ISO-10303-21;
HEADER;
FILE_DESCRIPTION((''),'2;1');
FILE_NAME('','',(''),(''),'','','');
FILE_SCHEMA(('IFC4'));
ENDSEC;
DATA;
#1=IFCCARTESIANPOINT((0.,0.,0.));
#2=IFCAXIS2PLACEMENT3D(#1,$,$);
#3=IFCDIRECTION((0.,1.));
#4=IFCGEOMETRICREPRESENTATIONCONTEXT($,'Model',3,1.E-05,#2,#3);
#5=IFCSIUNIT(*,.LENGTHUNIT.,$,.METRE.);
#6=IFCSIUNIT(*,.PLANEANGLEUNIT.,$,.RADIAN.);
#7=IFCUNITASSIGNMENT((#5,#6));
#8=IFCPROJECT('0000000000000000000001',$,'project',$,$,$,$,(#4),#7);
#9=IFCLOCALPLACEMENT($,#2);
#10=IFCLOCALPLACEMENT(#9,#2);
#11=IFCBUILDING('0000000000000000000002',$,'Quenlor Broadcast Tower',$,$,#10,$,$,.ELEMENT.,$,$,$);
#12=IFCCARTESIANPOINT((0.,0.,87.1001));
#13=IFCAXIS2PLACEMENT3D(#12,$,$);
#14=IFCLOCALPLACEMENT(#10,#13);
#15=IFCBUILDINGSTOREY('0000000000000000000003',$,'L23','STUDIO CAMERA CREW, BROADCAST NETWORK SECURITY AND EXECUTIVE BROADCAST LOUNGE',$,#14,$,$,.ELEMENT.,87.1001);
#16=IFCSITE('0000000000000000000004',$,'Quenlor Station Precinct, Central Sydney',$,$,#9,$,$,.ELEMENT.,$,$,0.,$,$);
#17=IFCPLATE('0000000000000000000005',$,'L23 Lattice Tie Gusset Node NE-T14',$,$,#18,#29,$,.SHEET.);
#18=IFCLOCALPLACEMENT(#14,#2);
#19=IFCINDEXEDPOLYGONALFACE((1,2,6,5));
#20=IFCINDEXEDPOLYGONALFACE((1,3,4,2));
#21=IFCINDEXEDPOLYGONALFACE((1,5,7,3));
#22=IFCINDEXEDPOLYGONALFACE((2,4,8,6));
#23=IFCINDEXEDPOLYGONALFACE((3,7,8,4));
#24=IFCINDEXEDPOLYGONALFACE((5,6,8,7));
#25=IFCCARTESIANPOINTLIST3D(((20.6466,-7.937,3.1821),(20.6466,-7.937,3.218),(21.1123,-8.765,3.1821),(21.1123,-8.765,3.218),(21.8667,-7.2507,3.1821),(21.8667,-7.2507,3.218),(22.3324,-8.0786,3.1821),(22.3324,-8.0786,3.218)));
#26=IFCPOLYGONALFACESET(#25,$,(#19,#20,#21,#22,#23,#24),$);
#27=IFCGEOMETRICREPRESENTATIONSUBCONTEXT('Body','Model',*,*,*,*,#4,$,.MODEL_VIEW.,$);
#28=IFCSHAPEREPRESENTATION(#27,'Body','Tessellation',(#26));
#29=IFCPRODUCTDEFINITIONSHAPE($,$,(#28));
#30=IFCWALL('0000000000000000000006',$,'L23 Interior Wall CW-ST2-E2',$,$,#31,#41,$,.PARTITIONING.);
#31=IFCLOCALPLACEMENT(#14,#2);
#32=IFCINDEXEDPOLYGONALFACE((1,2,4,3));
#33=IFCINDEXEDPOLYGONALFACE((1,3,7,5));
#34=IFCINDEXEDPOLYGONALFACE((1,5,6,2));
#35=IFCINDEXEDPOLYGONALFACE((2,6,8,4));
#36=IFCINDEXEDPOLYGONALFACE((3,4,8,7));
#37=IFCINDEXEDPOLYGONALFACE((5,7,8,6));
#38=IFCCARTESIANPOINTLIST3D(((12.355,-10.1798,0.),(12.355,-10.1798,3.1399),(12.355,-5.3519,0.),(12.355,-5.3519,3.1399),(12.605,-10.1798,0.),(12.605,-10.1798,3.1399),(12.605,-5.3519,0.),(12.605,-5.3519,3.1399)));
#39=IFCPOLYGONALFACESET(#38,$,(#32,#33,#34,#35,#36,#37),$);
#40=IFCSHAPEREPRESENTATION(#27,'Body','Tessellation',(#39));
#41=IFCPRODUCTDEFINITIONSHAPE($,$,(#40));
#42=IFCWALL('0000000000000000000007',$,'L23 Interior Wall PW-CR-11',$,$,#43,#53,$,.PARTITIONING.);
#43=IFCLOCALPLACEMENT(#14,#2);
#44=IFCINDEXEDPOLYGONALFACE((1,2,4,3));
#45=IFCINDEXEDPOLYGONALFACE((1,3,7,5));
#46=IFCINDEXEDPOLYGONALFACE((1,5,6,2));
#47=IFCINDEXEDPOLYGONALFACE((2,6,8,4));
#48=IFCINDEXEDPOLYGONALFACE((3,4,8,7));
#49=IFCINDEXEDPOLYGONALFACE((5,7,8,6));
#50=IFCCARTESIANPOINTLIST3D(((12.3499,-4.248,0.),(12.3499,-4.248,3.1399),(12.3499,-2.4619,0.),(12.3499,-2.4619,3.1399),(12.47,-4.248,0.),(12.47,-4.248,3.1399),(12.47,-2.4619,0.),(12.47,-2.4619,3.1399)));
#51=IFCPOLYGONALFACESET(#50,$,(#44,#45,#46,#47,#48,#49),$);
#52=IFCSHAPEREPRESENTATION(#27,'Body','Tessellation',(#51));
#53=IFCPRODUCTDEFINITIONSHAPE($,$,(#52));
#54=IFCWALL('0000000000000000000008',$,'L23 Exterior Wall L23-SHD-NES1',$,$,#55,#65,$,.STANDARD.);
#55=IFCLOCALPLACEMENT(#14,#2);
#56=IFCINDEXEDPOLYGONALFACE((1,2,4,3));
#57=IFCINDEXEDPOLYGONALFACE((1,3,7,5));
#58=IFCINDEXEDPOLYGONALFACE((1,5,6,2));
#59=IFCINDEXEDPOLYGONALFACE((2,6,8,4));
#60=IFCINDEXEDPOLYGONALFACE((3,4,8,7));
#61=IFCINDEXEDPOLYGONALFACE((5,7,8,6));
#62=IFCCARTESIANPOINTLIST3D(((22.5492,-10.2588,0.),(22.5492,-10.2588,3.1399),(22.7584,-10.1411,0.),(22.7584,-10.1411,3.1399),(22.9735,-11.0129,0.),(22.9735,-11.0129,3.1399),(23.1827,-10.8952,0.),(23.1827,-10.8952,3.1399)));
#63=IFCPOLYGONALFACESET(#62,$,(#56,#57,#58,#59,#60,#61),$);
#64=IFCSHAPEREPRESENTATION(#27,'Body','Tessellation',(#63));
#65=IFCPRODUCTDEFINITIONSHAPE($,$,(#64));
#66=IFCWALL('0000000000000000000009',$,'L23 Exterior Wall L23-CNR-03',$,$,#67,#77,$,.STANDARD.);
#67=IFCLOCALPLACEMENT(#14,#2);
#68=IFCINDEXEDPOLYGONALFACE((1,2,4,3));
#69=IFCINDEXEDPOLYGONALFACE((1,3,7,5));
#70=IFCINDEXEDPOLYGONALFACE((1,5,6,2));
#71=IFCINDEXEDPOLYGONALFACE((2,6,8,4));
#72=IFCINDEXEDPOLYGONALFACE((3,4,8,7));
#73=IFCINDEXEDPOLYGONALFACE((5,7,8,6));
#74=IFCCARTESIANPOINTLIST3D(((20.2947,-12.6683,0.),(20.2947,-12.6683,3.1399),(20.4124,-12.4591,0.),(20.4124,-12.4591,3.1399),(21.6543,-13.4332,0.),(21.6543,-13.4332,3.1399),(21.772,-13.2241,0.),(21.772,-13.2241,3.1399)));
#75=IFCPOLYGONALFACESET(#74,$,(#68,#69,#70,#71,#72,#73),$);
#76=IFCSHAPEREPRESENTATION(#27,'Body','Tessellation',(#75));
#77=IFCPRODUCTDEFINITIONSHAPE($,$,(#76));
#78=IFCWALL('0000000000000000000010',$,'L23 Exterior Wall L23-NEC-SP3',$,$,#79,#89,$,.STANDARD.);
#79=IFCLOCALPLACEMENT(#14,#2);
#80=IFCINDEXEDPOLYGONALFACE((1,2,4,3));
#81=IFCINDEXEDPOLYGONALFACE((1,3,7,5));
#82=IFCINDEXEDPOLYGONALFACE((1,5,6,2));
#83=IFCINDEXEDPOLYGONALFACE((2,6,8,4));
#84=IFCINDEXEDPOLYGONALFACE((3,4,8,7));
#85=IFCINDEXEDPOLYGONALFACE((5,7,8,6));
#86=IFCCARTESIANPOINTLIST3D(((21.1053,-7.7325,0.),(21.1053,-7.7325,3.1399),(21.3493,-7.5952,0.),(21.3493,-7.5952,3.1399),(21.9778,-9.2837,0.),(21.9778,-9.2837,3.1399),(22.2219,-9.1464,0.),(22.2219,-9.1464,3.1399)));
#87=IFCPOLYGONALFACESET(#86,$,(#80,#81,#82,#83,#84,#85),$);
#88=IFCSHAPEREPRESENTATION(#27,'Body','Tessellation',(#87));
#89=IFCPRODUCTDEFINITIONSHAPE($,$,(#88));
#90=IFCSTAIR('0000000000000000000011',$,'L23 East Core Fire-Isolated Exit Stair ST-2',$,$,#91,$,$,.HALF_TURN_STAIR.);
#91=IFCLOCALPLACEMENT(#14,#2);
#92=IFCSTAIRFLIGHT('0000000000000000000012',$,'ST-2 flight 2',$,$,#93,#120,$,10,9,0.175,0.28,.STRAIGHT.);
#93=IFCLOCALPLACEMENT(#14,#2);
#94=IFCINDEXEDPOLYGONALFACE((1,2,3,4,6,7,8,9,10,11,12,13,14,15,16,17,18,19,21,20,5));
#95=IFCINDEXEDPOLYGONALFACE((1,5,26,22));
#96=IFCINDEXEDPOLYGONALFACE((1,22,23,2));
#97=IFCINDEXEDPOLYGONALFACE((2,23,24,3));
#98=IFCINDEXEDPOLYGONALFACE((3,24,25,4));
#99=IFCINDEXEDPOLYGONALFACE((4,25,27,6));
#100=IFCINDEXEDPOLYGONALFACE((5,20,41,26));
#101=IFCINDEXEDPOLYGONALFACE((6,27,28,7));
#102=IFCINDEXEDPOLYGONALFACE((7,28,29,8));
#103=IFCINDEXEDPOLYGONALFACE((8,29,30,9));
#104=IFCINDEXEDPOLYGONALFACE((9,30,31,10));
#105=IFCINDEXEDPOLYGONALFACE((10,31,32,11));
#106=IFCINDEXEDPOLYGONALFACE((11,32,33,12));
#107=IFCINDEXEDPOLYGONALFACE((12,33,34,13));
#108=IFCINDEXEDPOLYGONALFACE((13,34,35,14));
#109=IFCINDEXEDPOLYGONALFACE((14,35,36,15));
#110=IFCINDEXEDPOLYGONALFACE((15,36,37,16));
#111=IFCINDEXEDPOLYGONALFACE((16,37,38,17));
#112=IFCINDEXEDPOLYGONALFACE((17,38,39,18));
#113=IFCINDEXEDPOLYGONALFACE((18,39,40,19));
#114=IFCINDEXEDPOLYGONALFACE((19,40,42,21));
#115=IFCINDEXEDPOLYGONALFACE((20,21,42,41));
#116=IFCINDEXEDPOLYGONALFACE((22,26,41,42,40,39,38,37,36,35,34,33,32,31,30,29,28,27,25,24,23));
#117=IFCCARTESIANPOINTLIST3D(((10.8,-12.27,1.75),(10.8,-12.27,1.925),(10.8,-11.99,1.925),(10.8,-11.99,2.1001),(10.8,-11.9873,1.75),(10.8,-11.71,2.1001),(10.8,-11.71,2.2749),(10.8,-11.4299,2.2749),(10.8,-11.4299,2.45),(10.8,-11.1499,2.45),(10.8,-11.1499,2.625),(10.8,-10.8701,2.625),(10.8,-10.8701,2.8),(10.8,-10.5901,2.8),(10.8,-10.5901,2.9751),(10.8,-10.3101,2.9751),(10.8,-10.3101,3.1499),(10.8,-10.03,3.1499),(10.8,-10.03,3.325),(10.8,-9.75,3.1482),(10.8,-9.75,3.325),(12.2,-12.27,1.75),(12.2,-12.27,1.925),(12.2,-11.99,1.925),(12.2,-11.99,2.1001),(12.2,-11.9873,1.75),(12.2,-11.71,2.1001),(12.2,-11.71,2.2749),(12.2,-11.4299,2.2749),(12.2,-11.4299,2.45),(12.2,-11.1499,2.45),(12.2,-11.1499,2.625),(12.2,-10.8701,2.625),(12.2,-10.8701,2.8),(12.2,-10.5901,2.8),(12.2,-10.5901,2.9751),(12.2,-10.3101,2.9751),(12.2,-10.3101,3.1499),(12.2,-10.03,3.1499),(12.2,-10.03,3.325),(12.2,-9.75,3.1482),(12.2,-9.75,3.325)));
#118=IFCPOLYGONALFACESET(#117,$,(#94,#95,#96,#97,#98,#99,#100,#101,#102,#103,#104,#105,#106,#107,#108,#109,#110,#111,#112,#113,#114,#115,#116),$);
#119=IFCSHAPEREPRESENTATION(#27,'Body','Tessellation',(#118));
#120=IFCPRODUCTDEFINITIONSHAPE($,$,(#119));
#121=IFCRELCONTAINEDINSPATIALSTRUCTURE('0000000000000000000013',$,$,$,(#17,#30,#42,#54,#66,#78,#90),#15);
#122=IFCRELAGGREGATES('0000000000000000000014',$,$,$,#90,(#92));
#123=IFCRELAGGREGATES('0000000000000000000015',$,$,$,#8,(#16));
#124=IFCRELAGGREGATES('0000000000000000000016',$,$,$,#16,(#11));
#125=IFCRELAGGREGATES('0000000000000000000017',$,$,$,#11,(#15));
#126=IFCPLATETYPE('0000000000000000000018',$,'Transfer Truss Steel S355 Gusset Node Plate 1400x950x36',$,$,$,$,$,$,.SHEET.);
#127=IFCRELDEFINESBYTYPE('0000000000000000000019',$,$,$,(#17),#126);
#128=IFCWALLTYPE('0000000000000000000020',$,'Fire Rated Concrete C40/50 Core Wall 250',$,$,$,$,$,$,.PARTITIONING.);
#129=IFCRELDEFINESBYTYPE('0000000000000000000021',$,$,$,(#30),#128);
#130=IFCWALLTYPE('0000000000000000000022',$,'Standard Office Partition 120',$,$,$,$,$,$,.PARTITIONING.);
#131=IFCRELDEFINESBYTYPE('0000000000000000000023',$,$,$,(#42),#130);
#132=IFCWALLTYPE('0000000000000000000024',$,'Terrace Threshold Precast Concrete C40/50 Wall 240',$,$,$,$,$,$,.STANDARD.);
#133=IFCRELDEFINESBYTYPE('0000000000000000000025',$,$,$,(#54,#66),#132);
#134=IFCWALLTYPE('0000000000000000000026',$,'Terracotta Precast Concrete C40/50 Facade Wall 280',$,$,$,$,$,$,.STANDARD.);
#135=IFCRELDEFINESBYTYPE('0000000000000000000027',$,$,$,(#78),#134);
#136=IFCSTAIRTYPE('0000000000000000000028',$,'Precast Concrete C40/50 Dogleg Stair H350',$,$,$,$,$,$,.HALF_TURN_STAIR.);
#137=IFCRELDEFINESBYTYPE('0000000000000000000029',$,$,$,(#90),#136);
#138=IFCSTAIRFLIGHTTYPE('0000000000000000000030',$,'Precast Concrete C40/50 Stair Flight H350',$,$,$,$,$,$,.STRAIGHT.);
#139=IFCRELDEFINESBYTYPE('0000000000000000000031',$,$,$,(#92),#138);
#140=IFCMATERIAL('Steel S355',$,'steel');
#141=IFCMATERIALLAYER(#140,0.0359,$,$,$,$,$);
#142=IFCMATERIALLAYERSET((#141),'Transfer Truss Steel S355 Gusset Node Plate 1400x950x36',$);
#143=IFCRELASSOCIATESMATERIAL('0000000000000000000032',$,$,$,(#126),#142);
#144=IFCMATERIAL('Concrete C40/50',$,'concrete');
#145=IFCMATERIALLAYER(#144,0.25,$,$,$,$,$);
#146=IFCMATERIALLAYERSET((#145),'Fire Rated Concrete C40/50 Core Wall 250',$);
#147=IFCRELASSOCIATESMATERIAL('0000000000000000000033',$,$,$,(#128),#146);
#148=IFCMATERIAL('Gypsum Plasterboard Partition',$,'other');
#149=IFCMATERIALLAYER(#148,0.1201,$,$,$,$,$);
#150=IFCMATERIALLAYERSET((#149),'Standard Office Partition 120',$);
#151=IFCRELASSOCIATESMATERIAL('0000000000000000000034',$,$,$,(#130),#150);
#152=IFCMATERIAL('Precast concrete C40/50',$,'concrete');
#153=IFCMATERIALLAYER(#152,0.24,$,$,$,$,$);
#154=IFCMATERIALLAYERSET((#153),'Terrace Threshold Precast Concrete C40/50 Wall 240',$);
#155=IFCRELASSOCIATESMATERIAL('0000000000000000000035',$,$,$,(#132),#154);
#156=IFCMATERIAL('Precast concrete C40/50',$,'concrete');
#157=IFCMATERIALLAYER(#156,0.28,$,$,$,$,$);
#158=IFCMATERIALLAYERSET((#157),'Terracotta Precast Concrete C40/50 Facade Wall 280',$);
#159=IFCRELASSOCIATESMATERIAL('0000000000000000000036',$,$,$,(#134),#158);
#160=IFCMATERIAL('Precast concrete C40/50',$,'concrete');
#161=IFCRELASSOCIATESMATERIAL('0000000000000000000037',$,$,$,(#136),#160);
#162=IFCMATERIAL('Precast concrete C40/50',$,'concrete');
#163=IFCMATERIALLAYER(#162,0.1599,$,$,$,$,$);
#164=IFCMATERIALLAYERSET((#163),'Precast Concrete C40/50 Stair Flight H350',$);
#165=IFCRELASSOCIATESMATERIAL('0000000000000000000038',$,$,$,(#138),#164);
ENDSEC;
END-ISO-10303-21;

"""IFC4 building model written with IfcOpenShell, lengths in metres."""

from ifc_helpers import new_model, si_unit, direction, frame, frame_2d, origin, origin_2d, place, context, subcontext, project, spatial, polyline, rectangle, outline, extrude, material, layer, layer_set, type_object, element, aggregate, save


model = new_model("IFC4")

# Units and contexts
model_context = context("Model", 3, precision=1e-05, world=origin(), true_north=direction((0.0, 1.0)))
body_context = subcontext(model_context, "Body", "Model", "MODEL_VIEW")
ifc_project = project(units=[si_unit("LENGTHUNIT", "METRE"), si_unit("PLANEANGLEUNIT", "RADIAN")], contexts=[model_context])

# Site, building, storey
site_placement = place(None, origin())
site = spatial("IfcSite", under=ifc_project, at=site_placement, Name="Quenlor Station Precinct, Central Sydney", CompositionType="ELEMENT", RefElevation=0.0)
building_placement = place(site_placement, origin())
building = spatial("IfcBuilding", under=site, at=building_placement, Name="Quenlor Broadcast Tower", CompositionType="ELEMENT")
storey_placement = place(building_placement, frame((0.0, 0.0, 87.1001)))
storey = spatial("IfcBuildingStorey", under=building, at=storey_placement, Name="L23", Description="STUDIO CAMERA CREW, BROADCAST NETWORK SECURITY AND EXECUTIVE BROADCAST LOUNGE", CompositionType="ELEMENT", Elevation=87.1001)

# Plate
ifc_material_1 = material(Name="Steel S355", Category="steel")
ifc_layer_1 = layer(ifc_material_1, 0.0359)
ifc_layer_set_1 = layer_set([ifc_layer_1], Name="Transfer Truss Steel S355 Gusset Node Plate 1400x950x36")
plate_type_1 = type_object("IfcPlateType", Name="Transfer Truss Steel S355 Gusset Node Plate 1400x950x36", PredefinedType="SHEET", material=ifc_layer_set_1)
for number, where, z_axis, x_axis, name in (
    (1, (21.4895, -8.0078, 3.1821), (0.0, 0.0, 1.0), (0.871556, 0.490295, 0.0), "L23 Lattice Tie Gusset Node NE-T14"),
):
    element("IfcPlate", number, at=place(storey_placement, frame(where, z_axis=z_axis, x_axis=x_axis)), inside=storey, type_object=plate_type_1, Name=name, PredefinedType="SHEET", context=body_context, shape_type="SweptSolid", body=[
        extrude(rectangle(XDim=1.3999, YDim=0.95, at=origin_2d()), origin(), (0.0, 0.0, 1.0), 0.0359),
    ])

# Walls
ifc_material_2 = material(Name="Concrete C40/50", Category="concrete")
ifc_layer_2 = layer(ifc_material_2, 0.25)
ifc_layer_set_2 = layer_set([ifc_layer_2], Name="Fire Rated Concrete C40/50 Core Wall 250")
wall_type_1 = type_object("IfcWallType", Name="Fire Rated Concrete C40/50 Core Wall 250", PredefinedType="PARTITIONING", material=ifc_layer_set_2)
wall_1_placement = place(storey_placement, frame((12.48, -10.1799, 0.0), z_axis=(0.0, 0.0, 1.0), x_axis=(0.0, 1.0, 0.0)))
element("IfcWall", 2, at=wall_1_placement, inside=storey, type_object=wall_type_1, Name="L23 Interior Wall CW-ST2-E2", PredefinedType="PARTITIONING", context=body_context, shape_type="SweptSolid", body=[
    extrude(rectangle(XDim=4.8279, YDim=0.25, at=frame_2d((2.4141, 0.0))), origin(), (0.0, 0.0, 1.0), 3.1399),
])
ifc_material_3 = material(Name="Gypsum Plasterboard Partition", Category="other")
ifc_layer_3 = layer(ifc_material_3, 0.1201)
ifc_layer_set_3 = layer_set([ifc_layer_3], Name="Standard Office Partition 120")
wall_type_2 = type_object("IfcWallType", Name="Standard Office Partition 120", PredefinedType="PARTITIONING", material=ifc_layer_set_3)
wall_2_placement = place(storey_placement, frame((12.4099, -2.4619, 0.0), z_axis=(0.0, 0.0, 1.0), x_axis=(0.0, -1.0, 0.0)))
element("IfcWall", 3, at=wall_2_placement, inside=storey, type_object=wall_type_2, Name="L23 Interior Wall PW-CR-11", PredefinedType="PARTITIONING", context=body_context, shape_type="SweptSolid", body=[
    extrude(rectangle(XDim=1.7861, YDim=0.1201, at=frame_2d((0.8931, 0.0))), origin(), (0.0, 0.0, 1.0), 3.1399),
])
ifc_material_4 = material(Name="Precast concrete C40/50", Category="concrete")
ifc_layer_4 = layer(ifc_material_4, 0.24)
ifc_layer_set_4 = layer_set([ifc_layer_4], Name="Terrace Threshold Precast Concrete C40/50 Wall 240")
wall_type_3 = type_object("IfcWallType", Name="Terrace Threshold Precast Concrete C40/50 Wall 240", PredefinedType="STANDARD", material=ifc_layer_set_4)
wall_3_placement = place(storey_placement, frame((22.6538, -10.2, 0.0), z_axis=(0.0, 0.0, 1.0), x_axis=(0.490355, -0.871523, 0.0)))
element("IfcWall", 4, at=wall_3_placement, inside=storey, type_object=wall_type_3, Name="L23 Exterior Wall L23-SHD-NES1", PredefinedType="STANDARD", context=body_context, shape_type="SweptSolid", body=[
    extrude(rectangle(XDim=0.8652, YDim=0.24, at=frame_2d((0.4326, 0.0))), origin(), (0.0, 0.0, 1.0), 3.1399),
])
wall_4_placement = place(storey_placement, frame((20.3535, -12.5637, 0.0), z_axis=(0.0, 0.0, 1.0), x_axis=(0.871546, -0.490313, 0.0)))
element("IfcWall", 5, at=wall_4_placement, inside=storey, type_object=wall_type_3, Name="L23 Exterior Wall L23-CNR-03", PredefinedType="STANDARD", context=body_context, shape_type="SweptSolid", body=[
    extrude(rectangle(XDim=1.5601, YDim=0.24, at=frame_2d((0.78, 0.0))), origin(), (0.0, 0.0, 1.0), 3.1399),
])
ifc_material_5 = material(Name="Precast concrete C40/50", Category="concrete")
ifc_layer_5 = layer(ifc_material_5, 0.28)
ifc_layer_set_5 = layer_set([ifc_layer_5], Name="Terracotta Precast Concrete C40/50 Facade Wall 280")
wall_type_4 = type_object("IfcWallType", Name="Terracotta Precast Concrete C40/50 Facade Wall 280", PredefinedType="STANDARD", material=ifc_layer_set_5)
wall_5_placement = place(storey_placement, frame((21.2273, -7.6638, 0.0), z_axis=(0.0, 0.0, 1.0), x_axis=(0.490248, -0.871583, 0.0)))
element("IfcWall", 6, at=wall_5_placement, inside=storey, type_object=wall_type_4, Name="L23 Exterior Wall L23-NEC-SP3", PredefinedType="STANDARD", context=body_context, shape_type="SweptSolid", body=[
    extrude(rectangle(XDim=1.7798, YDim=0.28, at=frame_2d((0.8899, 0.0))), origin(), (0.0, 0.0, 1.0), 3.1399),
])

# Stair, stair flight
ifc_material_6 = material(Name="Precast concrete C40/50", Category="concrete")
stair_type = type_object("IfcStairType", Name="Precast Concrete C40/50 Dogleg Stair H350", PredefinedType="HALF_TURN_STAIR", material=ifc_material_6)
stair_placement = place(storey_placement, origin())
stair = element("IfcStair", 7, at=stair_placement, inside=storey, type_object=stair_type, Name="L23 East Core Fire-Isolated Exit Stair ST-2", PredefinedType="HALF_TURN_STAIR")
ifc_material_7 = material(Name="Precast concrete C40/50", Category="concrete")
ifc_layer_6 = layer(ifc_material_7, 0.1599)
ifc_layer_set_6 = layer_set([ifc_layer_6], Name="Precast Concrete C40/50 Stair Flight H350")
stair_flight_type = type_object("IfcStairFlightType", Name="Precast Concrete C40/50 Stair Flight H350", PredefinedType="STRAIGHT", material=ifc_layer_set_6)
stair_flight_placement = place(storey_placement, frame((11.5, -12.27, 1.75), z_axis=(0.0, 0.0, 1.0), x_axis=(0.0, 1.0, 0.0)))
stair_flight = element("IfcStairFlight", 8, at=stair_flight_placement, type_object=stair_flight_type, Name="ST-2 flight 2", NumberOfRisers=10, NumberOfTreads=9, PredefinedType="STRAIGHT", RiserHeight=0.175, TreadLength=0.28, context=body_context, shape_type="SweptSolid", body=[
    extrude(outline(polyline([(0.0, 0.0), (0.0, 0.175), (0.28, 0.175), (0.28, 0.3501), (0.5601, 0.3501), (0.5601, 0.5249), (0.8401, 0.5249), (0.8401, 0.7), (1.1201, 0.7), (1.1201, 0.875), (1.3999, 0.875), (1.3999, 1.05), (1.6799, 1.05), (1.6799, 1.2251), (1.96, 1.2251), (1.96, 1.3999), (2.24, 1.3999), (2.24, 1.575), (2.52, 1.575), (2.52, 1.75), (2.52, 1.3982), (0.2827, 0.0), (0.0, 0.0)])), frame((0.0, 0.7, 0.0), z_axis=(0.0, -1.0, 0.0), x_axis=(1.0, 0.0, 0.0)), (0.0, 0.0, 1.0), 1.3999),
])
aggregate(stair, [stair_flight])

save(model, "model.ifc")
